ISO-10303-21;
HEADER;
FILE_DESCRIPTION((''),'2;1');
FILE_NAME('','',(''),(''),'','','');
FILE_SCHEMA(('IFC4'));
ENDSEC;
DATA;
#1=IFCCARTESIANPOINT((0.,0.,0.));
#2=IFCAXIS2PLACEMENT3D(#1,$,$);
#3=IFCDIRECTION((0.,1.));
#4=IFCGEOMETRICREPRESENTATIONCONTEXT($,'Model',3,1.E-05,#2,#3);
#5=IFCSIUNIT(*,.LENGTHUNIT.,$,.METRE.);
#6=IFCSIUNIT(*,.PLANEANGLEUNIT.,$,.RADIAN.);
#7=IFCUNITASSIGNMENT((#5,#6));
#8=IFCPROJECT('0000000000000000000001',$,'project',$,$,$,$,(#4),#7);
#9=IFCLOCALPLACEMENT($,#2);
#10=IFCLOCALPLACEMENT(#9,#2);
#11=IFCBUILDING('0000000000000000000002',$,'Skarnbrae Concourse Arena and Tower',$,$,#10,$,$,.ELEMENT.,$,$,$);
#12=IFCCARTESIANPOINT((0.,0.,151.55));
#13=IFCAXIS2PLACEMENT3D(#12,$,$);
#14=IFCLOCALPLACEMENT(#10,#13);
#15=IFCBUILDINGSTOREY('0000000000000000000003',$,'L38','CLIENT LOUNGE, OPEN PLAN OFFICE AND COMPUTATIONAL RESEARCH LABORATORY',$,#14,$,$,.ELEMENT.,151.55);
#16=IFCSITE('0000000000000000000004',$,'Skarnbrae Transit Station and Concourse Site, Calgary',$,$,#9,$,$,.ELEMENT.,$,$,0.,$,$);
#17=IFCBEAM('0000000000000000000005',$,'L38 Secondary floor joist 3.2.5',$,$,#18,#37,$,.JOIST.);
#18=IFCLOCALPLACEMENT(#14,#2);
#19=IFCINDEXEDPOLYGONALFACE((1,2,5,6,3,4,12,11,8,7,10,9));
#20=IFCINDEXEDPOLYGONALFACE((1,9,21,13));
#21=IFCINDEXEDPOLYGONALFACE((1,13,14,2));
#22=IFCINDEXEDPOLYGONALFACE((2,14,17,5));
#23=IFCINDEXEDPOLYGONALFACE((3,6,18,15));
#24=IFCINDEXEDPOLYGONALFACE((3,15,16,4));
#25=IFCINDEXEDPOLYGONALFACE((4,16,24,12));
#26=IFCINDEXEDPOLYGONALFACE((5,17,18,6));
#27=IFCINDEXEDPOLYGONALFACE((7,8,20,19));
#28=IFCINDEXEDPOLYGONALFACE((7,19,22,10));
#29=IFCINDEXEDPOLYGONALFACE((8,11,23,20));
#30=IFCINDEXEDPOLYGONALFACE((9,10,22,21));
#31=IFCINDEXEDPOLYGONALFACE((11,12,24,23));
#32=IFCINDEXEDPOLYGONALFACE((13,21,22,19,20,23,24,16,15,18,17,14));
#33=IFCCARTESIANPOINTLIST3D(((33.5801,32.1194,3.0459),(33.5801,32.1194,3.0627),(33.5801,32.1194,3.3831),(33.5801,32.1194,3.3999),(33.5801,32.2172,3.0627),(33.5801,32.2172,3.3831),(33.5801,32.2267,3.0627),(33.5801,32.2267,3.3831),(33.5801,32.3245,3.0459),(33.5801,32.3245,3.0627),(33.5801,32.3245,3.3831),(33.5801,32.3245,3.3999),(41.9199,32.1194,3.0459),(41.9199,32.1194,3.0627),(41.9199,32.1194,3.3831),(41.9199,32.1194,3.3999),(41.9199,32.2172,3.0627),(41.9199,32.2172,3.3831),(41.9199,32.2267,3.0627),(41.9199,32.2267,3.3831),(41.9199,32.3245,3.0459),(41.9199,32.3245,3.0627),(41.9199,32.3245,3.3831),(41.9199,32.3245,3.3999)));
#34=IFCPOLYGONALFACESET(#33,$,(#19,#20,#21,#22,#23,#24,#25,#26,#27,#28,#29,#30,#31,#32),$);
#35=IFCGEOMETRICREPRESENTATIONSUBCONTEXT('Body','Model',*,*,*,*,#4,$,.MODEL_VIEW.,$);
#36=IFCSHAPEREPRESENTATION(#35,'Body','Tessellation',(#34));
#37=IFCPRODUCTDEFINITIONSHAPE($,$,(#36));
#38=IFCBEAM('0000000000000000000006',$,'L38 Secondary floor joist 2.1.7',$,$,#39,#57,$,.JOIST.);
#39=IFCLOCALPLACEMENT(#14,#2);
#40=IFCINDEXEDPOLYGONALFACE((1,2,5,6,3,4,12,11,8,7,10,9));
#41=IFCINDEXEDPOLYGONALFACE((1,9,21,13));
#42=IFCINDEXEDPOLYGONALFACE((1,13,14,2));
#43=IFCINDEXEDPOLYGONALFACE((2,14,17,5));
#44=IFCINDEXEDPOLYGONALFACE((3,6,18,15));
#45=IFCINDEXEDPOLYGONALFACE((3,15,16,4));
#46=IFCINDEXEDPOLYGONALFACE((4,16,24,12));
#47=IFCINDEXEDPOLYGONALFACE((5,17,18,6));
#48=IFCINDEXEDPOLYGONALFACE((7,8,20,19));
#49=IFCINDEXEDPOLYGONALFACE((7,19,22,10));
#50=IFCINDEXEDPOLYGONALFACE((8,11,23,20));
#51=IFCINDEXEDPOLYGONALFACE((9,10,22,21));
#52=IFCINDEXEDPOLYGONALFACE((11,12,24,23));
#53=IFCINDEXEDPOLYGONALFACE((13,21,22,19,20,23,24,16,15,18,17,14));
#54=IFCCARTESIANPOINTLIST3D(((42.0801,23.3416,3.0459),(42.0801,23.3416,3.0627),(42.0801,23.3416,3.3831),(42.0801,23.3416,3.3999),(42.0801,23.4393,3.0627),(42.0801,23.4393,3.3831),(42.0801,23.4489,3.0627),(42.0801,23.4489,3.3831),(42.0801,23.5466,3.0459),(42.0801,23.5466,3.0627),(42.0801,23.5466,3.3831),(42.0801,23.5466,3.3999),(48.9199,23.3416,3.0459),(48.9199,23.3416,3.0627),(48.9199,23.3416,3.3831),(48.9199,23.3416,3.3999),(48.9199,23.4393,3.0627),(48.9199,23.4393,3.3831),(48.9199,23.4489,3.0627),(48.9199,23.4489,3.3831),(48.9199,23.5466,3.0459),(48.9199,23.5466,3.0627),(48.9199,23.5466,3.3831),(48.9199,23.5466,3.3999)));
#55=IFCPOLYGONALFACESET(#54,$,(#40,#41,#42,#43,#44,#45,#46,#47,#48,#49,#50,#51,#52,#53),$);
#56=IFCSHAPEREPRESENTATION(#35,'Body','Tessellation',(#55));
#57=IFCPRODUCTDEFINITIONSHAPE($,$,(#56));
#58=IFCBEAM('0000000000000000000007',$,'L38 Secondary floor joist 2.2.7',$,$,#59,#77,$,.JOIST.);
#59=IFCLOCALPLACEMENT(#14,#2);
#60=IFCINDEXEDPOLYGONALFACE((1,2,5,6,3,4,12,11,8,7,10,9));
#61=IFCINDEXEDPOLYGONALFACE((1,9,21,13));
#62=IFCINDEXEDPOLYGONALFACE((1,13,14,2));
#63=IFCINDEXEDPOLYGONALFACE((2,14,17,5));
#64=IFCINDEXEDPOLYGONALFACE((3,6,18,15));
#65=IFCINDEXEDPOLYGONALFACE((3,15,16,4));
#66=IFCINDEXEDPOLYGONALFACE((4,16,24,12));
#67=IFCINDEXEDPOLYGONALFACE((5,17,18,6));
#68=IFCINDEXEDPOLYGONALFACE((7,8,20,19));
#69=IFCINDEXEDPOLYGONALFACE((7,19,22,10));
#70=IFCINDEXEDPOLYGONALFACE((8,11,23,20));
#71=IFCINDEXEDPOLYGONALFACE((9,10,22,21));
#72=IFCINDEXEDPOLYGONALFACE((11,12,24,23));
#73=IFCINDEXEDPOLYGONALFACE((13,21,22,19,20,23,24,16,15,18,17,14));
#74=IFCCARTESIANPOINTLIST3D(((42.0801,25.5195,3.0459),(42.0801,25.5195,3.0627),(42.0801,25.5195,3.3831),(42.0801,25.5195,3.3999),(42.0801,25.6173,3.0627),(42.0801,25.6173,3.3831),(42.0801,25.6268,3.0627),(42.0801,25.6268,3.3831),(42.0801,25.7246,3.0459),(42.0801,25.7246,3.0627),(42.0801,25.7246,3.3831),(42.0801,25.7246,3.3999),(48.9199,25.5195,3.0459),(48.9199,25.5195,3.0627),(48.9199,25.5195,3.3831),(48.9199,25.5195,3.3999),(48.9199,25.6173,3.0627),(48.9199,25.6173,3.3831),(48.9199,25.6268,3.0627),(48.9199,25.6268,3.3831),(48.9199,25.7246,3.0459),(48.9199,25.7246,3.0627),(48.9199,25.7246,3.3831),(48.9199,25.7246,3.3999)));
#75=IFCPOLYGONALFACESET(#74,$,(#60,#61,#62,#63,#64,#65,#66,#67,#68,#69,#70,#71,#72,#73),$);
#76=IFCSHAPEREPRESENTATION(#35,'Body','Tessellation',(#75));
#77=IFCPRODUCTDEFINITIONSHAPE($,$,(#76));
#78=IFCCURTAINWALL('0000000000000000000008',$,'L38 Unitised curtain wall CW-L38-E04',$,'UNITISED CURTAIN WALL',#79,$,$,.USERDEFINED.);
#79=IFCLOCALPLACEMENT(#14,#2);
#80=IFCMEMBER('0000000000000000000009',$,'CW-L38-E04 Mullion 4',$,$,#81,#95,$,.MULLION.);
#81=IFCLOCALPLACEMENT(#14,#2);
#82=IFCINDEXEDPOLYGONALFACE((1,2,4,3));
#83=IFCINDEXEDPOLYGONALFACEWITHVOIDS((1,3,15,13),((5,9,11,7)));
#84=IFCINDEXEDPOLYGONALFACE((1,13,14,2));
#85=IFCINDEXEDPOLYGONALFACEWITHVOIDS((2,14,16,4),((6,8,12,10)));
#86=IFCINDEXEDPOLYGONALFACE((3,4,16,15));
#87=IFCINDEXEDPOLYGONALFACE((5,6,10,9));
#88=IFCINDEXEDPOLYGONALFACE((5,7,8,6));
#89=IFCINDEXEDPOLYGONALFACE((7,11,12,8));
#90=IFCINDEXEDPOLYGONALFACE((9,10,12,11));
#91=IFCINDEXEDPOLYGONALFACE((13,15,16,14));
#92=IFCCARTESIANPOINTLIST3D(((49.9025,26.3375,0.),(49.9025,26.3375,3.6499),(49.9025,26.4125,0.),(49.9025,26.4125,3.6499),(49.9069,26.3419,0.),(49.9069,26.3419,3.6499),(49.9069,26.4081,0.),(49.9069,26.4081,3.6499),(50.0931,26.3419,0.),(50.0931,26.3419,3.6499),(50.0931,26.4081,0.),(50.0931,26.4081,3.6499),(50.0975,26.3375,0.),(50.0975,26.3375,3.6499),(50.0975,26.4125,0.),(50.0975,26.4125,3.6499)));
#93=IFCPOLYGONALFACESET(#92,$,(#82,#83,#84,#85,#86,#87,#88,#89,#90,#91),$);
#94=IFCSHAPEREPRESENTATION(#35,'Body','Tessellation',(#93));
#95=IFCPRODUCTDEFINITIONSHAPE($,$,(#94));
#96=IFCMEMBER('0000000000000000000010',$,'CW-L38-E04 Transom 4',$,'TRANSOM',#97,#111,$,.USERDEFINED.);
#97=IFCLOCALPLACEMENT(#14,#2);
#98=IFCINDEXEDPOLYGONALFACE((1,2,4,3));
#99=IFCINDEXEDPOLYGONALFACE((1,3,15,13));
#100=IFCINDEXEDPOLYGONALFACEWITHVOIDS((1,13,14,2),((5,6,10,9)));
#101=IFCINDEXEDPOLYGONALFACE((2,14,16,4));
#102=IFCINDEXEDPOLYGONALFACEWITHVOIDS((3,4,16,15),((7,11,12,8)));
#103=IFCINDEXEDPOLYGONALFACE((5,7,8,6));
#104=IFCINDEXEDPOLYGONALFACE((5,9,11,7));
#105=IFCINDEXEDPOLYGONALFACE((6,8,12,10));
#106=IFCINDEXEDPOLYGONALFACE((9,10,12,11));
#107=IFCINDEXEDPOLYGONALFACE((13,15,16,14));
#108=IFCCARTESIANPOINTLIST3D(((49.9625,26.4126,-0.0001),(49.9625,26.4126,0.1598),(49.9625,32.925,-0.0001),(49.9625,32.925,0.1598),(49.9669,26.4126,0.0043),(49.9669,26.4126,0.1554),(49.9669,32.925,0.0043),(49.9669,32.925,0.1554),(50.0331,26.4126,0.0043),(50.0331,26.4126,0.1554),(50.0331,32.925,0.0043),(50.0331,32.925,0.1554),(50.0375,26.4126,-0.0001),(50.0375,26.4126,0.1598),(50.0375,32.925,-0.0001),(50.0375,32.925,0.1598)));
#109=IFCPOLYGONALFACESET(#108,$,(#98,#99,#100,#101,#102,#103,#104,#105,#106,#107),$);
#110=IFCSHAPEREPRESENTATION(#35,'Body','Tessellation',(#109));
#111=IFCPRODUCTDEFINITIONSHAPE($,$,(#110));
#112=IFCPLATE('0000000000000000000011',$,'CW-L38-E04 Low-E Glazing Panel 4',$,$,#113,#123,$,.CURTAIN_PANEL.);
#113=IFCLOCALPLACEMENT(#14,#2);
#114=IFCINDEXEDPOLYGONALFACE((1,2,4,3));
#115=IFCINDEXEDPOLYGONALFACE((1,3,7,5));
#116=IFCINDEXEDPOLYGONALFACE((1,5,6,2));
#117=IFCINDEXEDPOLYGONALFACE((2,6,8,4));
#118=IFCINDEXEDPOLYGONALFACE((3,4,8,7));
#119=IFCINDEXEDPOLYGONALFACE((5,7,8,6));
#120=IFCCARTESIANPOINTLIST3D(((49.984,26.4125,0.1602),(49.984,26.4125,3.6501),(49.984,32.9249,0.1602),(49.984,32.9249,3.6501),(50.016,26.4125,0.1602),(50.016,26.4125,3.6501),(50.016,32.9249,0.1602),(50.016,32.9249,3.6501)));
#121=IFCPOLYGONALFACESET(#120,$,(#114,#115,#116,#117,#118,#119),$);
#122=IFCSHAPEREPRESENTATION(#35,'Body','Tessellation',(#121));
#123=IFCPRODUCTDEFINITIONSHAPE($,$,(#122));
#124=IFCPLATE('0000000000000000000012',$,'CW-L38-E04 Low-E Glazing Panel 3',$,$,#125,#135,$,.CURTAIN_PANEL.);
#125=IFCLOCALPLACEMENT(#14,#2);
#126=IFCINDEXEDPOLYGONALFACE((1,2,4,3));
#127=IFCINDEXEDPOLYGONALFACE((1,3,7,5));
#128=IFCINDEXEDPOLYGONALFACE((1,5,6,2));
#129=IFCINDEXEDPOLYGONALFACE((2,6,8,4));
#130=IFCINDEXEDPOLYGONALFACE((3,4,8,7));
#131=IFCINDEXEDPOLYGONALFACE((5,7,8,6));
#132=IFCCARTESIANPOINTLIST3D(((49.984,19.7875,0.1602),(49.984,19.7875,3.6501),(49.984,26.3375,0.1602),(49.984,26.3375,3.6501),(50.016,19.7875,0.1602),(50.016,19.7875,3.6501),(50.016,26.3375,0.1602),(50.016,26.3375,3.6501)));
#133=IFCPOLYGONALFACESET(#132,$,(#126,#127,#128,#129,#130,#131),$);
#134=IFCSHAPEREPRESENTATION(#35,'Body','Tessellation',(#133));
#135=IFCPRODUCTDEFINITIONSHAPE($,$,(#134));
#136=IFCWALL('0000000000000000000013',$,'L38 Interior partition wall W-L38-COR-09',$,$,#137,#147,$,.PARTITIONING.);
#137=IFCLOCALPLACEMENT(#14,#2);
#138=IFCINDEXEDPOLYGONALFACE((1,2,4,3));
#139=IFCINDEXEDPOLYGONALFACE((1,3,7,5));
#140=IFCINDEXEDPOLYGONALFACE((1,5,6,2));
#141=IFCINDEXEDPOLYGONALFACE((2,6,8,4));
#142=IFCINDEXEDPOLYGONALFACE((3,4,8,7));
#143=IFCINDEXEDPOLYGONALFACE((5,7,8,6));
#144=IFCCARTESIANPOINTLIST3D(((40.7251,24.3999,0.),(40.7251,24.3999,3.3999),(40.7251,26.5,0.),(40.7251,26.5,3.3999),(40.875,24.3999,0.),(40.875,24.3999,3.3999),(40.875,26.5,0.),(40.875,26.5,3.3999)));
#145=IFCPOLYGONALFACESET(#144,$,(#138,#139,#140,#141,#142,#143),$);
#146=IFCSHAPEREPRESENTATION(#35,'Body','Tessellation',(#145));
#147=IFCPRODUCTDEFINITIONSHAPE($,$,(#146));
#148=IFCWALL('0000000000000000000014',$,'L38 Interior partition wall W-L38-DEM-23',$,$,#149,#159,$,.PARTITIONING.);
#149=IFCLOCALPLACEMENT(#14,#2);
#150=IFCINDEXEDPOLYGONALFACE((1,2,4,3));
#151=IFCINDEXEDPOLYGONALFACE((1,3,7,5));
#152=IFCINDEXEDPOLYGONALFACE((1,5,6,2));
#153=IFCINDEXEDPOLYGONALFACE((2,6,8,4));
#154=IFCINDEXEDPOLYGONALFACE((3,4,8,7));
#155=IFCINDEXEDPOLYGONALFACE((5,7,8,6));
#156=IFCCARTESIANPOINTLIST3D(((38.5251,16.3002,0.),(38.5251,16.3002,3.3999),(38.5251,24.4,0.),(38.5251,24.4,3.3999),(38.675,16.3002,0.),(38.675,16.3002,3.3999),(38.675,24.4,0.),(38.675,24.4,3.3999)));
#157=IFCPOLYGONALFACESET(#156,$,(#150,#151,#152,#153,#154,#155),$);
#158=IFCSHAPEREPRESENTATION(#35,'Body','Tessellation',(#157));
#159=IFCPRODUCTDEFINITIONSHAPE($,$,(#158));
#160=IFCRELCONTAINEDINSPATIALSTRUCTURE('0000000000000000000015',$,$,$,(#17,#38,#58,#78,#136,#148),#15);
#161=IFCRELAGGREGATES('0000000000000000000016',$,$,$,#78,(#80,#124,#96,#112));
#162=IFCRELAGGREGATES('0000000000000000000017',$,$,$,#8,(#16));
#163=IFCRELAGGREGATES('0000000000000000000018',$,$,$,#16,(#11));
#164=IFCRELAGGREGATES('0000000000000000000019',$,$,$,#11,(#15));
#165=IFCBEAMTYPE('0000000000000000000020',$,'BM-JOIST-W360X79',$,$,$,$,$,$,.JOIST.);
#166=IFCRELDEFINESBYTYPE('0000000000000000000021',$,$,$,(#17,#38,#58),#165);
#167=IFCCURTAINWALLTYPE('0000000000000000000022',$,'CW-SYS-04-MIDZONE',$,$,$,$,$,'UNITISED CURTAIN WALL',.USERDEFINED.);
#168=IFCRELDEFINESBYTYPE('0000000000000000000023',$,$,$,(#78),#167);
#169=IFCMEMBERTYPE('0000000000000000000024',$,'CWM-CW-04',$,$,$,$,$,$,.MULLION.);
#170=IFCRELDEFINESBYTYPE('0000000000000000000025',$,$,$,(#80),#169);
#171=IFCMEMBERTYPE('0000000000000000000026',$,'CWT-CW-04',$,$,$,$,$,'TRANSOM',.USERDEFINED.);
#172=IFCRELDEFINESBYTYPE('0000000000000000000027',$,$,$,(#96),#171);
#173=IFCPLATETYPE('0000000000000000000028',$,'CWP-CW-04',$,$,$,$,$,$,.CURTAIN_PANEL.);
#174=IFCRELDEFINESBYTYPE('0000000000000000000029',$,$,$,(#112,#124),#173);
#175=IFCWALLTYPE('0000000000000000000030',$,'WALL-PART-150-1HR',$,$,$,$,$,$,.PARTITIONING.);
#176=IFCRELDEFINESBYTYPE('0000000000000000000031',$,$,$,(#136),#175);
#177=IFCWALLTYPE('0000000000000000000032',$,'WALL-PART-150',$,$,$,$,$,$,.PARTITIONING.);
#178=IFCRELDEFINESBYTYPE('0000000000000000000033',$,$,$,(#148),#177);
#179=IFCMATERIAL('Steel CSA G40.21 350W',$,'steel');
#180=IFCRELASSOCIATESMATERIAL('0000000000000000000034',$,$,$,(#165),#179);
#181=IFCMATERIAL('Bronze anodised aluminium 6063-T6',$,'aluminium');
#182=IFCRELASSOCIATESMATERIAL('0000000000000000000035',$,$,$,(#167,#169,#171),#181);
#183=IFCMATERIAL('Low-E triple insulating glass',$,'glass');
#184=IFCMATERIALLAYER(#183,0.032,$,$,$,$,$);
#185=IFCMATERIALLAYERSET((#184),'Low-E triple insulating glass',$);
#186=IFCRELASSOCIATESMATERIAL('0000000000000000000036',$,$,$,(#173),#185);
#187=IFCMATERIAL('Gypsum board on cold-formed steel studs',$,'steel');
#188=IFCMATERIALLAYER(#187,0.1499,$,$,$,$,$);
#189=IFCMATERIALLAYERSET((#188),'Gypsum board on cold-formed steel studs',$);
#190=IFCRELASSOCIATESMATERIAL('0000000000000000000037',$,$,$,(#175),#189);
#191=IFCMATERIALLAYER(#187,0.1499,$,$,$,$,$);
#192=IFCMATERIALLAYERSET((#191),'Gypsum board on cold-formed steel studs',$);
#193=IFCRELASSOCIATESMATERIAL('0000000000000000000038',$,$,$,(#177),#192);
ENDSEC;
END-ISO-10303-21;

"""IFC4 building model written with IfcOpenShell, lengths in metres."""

from ifc_helpers import new_model, si_unit, direction, frame, frame_2d, origin, origin_2d, place, context, subcontext, project, spatial, rectangle, hollow_rectangle, i_section, extrude, source, transform, mapped, material, layer, layer_set, material_profile, profile_set, type_object, element, aggregate, save


model = new_model("IFC4")

# Units and contexts
model_context = context("Model", 3, precision=1e-05, world=origin(), true_north=direction((0.0, 1.0)))
body_context = subcontext(model_context, "Body", "Model", "MODEL_VIEW")
ifc_project = project(units=[si_unit("LENGTHUNIT", "METRE"), si_unit("PLANEANGLEUNIT", "RADIAN")], contexts=[model_context])

# Site, building, storey
site_placement = place(None, origin())
site = spatial("IfcSite", under=ifc_project, at=site_placement, Name="Skarnbrae Transit Station and Concourse Site, Calgary", CompositionType="ELEMENT", RefElevation=0.0)
building_placement = place(site_placement, origin())
building = spatial("IfcBuilding", under=site, at=building_placement, Name="Skarnbrae Concourse Arena and Tower", CompositionType="ELEMENT")
storey_placement = place(building_placement, frame((0.0, 0.0, 151.55)))
storey = spatial("IfcBuildingStorey", under=building, at=storey_placement, Name="L38", Description="CLIENT LOUNGE, OPEN PLAN OFFICE AND COMPUTATIONAL RESEARCH LABORATORY", CompositionType="ELEMENT", Elevation=151.55)

# Shared definitions
ifc_material_1 = material(Name="Steel CSA G40.21 350W", Category="steel")

# Beams
ifc_material_profile_1 = material_profile(ifc_material_1, i_section(OverallWidth=0.2051, OverallDepth=0.354, WebThickness=0.0095, FlangeThickness=0.0168, at=origin_2d()), Name="W360X79")
ifc_profile_set_1 = profile_set([ifc_material_profile_1], Name="Steel CSA G40.21 350W")
beam_type_1 = type_object("IfcBeamType", Name="BM-JOIST-W360X79", PredefinedType="JOIST", material=ifc_profile_set_1)
shared_shape_1 = source(origin(), body_context, "Body", "SweptSolid", [
    extrude(i_section(OverallWidth=0.2051, OverallDepth=0.354, WebThickness=0.0095, FlangeThickness=0.0168, at=origin_2d()), origin(), (0.0, 0.0, 1.0), 8.3398),
])
beam_1_placement = place(storey_placement, frame((33.5801, 32.2219, 3.2229), z_axis=(1.0, 0.0, 0.0), x_axis=(0.0, 1.0, 0.0)))
element("IfcBeam", 1, at=beam_1_placement, inside=storey, type_object=beam_type_1, Name="L38 Secondary floor joist 3.2.5", PredefinedType="JOIST", context=body_context, shape_type="MappedRepresentation", body=[
    mapped(shared_shape_1, transform((0.0, 0.0, 0.0))),
])
shared_shape_2 = source(origin(), body_context, "Body", "SweptSolid", [
    extrude(i_section(OverallWidth=0.2051, OverallDepth=0.354, WebThickness=0.0095, FlangeThickness=0.0168, at=origin_2d()), origin(), (0.0, 0.0, 1.0), 6.8398),
])
for number, where, z_axis, x_axis, name in (
    (2, (42.0801, 23.4441, 3.2229), (1.0, 0.0, 0.0), (0.0, 1.0, 0.0), "L38 Secondary floor joist 2.1.7"),
    (3, (42.0801, 25.6221, 3.2229), (1.0, 0.0, 0.0), (0.0, 1.0, 0.0), "L38 Secondary floor joist 2.2.7"),
):
    element("IfcBeam", number, at=place(storey_placement, frame(where, z_axis=z_axis, x_axis=x_axis)), inside=storey, type_object=beam_type_1, Name=name, PredefinedType="JOIST", context=body_context, shape_type="MappedRepresentation", body=[
        mapped(shared_shape_2, transform((0.0, 0.0, 0.0))),
    ])

# Curtain wall, members, plates
ifc_material_2 = material(Name="Bronze anodised aluminium 6063-T6", Category="aluminium")
curtain_wall_type = type_object("IfcCurtainWallType", Name="CW-SYS-04-MIDZONE", ElementType="UNITISED CURTAIN WALL", PredefinedType="USERDEFINED", material=ifc_material_2)
curtain_wall_placement = place(storey_placement, origin())
curtain_wall = element("IfcCurtainWall", 4, at=curtain_wall_placement, inside=storey, type_object=curtain_wall_type, Name="L38 Unitised curtain wall CW-L38-E04", ObjectType="UNITISED CURTAIN WALL", PredefinedType="USERDEFINED")
ifc_material_profile_2 = material_profile(ifc_material_2, hollow_rectangle(XDim=0.075, YDim=0.1951, WallThickness=0.0044, at=origin_2d()), Name="ALU-MULL-75X195")
ifc_profile_set_2 = profile_set([ifc_material_profile_2], Name="Bronze anodised aluminium 6063-T6")
member_type_1 = type_object("IfcMemberType", Name="CWM-CW-04", PredefinedType="MULLION", material=ifc_profile_set_2)
shared_shape_3 = source(origin(), body_context, "Body", "SweptSolid", [
    extrude(hollow_rectangle(XDim=0.075, YDim=0.1951, WallThickness=0.0044, at=origin_2d()), origin(), (0.0, 0.0, 1.0), 3.6499),
])
member_1_placement = place(storey_placement, frame((50.0, 26.375, 0.0), z_axis=(0.0, 0.0, 1.0), x_axis=(0.0, 1.0, 0.0)))
member_1 = element("IfcMember", 5, at=member_1_placement, type_object=member_type_1, Name="CW-L38-E04 Mullion 4", PredefinedType="MULLION", context=body_context, shape_type="MappedRepresentation", body=[
    mapped(shared_shape_3, transform((0.0, 0.0, 0.0))),
])
ifc_material_profile_3 = material_profile(ifc_material_2, hollow_rectangle(XDim=0.075, YDim=0.1599, WallThickness=0.0044, at=origin_2d()), Name="ALU-TRAN-75X160")
ifc_profile_set_3 = profile_set([ifc_material_profile_3], Name="Bronze anodised aluminium 6063-T6")
member_type_2 = type_object("IfcMemberType", Name="CWT-CW-04", ElementType="TRANSOM", PredefinedType="USERDEFINED", material=ifc_profile_set_3)
shared_shape_4 = source(origin(), body_context, "Body", "SweptSolid", [
    extrude(hollow_rectangle(XDim=0.075, YDim=0.1599, WallThickness=0.0044, at=origin_2d()), origin(), (0.0, 0.0, 1.0), 6.5125),
])
member_2_placement = place(storey_placement, frame((50.0, 26.4126, 0.0798), z_axis=(0.0, 1.0, 0.0), x_axis=(-1.0, 0.0, 0.0)))
member_2 = element("IfcMember", 6, at=member_2_placement, type_object=member_type_2, Name="CW-L38-E04 Transom 4", ObjectType="TRANSOM", PredefinedType="USERDEFINED", context=body_context, shape_type="MappedRepresentation", body=[
    mapped(shared_shape_4, transform((0.0, 0.0, 0.0))),
])
ifc_material_3 = material(Name="Low-E triple insulating glass", Category="glass")
ifc_layer_1 = layer(ifc_material_3, 0.032)
ifc_layer_set_1 = layer_set([ifc_layer_1], Name="Low-E triple insulating glass")
plate_type = type_object("IfcPlateType", Name="CWP-CW-04", PredefinedType="CURTAIN_PANEL", material=ifc_layer_set_1)
shared_shape_5 = source(origin(), body_context, "Body", "SweptSolid", [
    extrude(rectangle(XDim=6.5125, YDim=0.032, at=origin_2d()), origin(), (0.0, 0.0, 1.0), 3.49),
])
plate_1_placement = place(storey_placement, frame((50.0, 29.6687, 0.1602), z_axis=(0.0, 0.0, 1.0), x_axis=(0.0, 1.0, 0.0)))
plate_1 = element("IfcPlate", 7, at=plate_1_placement, type_object=plate_type, Name="CW-L38-E04 Low-E Glazing Panel 4", PredefinedType="CURTAIN_PANEL", context=body_context, shape_type="MappedRepresentation", body=[
    mapped(shared_shape_5, transform((0.0, 0.0, 0.0))),
])
shared_shape_6 = source(origin(), body_context, "Body", "SweptSolid", [
    extrude(rectangle(XDim=6.55, YDim=0.032, at=origin_2d()), origin(), (0.0, 0.0, 1.0), 3.49),
])
plate_2_placement = place(storey_placement, frame((50.0, 23.0625, 0.1602), z_axis=(0.0, 0.0, 1.0), x_axis=(0.0, 1.0, 0.0)))
plate_2 = element("IfcPlate", 8, at=plate_2_placement, type_object=plate_type, Name="CW-L38-E04 Low-E Glazing Panel 3", PredefinedType="CURTAIN_PANEL", context=body_context, shape_type="MappedRepresentation", body=[
    mapped(shared_shape_6, transform((0.0, 0.0, 0.0))),
])
aggregate(curtain_wall, [member_1, plate_2, member_2, plate_1])

# Walls
ifc_material_4 = material(Name="Gypsum board on cold-formed steel studs", Category="steel")
ifc_layer_2 = layer(ifc_material_4, 0.1499)
ifc_layer_set_2 = layer_set([ifc_layer_2], Name="Gypsum board on cold-formed steel studs")
wall_type_1 = type_object("IfcWallType", Name="WALL-PART-150-1HR", PredefinedType="PARTITIONING", material=ifc_layer_set_2)
shared_shape_7 = source(origin(), body_context, "Body", "SweptSolid", [
    extrude(rectangle(XDim=2.1001, YDim=0.1499, at=frame_2d((1.05, 0.0))), origin(), (0.0, 0.0, 1.0), 3.3999),
])
wall_1_placement = place(storey_placement, frame((40.8, 26.5, 0.0), z_axis=(0.0, 0.0, 1.0), x_axis=(0.0, -1.0, 0.0)))
element("IfcWall", 9, at=wall_1_placement, inside=storey, type_object=wall_type_1, Name="L38 Interior partition wall W-L38-COR-09", PredefinedType="PARTITIONING", context=body_context, shape_type="MappedRepresentation", body=[
    mapped(shared_shape_7, transform((0.0, 0.0, 0.0))),
])
ifc_layer_3 = layer(ifc_material_4, 0.1499)
ifc_layer_set_3 = layer_set([ifc_layer_3], Name="Gypsum board on cold-formed steel studs")
wall_type_2 = type_object("IfcWallType", Name="WALL-PART-150", PredefinedType="PARTITIONING", material=ifc_layer_set_3)
shared_shape_8 = source(origin(), body_context, "Body", "SweptSolid", [
    extrude(rectangle(XDim=8.0999, YDim=0.1499, at=frame_2d((4.0498, 0.0))), origin(), (0.0, 0.0, 1.0), 3.3999),
])
wall_2_placement = place(storey_placement, frame((38.6001, 24.3999, 0.0), z_axis=(0.0, 0.0, 1.0), x_axis=(0.0, -1.0, 0.0)))
element("IfcWall", 10, at=wall_2_placement, inside=storey, type_object=wall_type_2, Name="L38 Interior partition wall W-L38-DEM-23", PredefinedType="PARTITIONING", context=body_context, shape_type="MappedRepresentation", body=[
    mapped(shared_shape_8, transform((0.0, 0.0, 0.0))),
])

save(model, "model.ifc")
